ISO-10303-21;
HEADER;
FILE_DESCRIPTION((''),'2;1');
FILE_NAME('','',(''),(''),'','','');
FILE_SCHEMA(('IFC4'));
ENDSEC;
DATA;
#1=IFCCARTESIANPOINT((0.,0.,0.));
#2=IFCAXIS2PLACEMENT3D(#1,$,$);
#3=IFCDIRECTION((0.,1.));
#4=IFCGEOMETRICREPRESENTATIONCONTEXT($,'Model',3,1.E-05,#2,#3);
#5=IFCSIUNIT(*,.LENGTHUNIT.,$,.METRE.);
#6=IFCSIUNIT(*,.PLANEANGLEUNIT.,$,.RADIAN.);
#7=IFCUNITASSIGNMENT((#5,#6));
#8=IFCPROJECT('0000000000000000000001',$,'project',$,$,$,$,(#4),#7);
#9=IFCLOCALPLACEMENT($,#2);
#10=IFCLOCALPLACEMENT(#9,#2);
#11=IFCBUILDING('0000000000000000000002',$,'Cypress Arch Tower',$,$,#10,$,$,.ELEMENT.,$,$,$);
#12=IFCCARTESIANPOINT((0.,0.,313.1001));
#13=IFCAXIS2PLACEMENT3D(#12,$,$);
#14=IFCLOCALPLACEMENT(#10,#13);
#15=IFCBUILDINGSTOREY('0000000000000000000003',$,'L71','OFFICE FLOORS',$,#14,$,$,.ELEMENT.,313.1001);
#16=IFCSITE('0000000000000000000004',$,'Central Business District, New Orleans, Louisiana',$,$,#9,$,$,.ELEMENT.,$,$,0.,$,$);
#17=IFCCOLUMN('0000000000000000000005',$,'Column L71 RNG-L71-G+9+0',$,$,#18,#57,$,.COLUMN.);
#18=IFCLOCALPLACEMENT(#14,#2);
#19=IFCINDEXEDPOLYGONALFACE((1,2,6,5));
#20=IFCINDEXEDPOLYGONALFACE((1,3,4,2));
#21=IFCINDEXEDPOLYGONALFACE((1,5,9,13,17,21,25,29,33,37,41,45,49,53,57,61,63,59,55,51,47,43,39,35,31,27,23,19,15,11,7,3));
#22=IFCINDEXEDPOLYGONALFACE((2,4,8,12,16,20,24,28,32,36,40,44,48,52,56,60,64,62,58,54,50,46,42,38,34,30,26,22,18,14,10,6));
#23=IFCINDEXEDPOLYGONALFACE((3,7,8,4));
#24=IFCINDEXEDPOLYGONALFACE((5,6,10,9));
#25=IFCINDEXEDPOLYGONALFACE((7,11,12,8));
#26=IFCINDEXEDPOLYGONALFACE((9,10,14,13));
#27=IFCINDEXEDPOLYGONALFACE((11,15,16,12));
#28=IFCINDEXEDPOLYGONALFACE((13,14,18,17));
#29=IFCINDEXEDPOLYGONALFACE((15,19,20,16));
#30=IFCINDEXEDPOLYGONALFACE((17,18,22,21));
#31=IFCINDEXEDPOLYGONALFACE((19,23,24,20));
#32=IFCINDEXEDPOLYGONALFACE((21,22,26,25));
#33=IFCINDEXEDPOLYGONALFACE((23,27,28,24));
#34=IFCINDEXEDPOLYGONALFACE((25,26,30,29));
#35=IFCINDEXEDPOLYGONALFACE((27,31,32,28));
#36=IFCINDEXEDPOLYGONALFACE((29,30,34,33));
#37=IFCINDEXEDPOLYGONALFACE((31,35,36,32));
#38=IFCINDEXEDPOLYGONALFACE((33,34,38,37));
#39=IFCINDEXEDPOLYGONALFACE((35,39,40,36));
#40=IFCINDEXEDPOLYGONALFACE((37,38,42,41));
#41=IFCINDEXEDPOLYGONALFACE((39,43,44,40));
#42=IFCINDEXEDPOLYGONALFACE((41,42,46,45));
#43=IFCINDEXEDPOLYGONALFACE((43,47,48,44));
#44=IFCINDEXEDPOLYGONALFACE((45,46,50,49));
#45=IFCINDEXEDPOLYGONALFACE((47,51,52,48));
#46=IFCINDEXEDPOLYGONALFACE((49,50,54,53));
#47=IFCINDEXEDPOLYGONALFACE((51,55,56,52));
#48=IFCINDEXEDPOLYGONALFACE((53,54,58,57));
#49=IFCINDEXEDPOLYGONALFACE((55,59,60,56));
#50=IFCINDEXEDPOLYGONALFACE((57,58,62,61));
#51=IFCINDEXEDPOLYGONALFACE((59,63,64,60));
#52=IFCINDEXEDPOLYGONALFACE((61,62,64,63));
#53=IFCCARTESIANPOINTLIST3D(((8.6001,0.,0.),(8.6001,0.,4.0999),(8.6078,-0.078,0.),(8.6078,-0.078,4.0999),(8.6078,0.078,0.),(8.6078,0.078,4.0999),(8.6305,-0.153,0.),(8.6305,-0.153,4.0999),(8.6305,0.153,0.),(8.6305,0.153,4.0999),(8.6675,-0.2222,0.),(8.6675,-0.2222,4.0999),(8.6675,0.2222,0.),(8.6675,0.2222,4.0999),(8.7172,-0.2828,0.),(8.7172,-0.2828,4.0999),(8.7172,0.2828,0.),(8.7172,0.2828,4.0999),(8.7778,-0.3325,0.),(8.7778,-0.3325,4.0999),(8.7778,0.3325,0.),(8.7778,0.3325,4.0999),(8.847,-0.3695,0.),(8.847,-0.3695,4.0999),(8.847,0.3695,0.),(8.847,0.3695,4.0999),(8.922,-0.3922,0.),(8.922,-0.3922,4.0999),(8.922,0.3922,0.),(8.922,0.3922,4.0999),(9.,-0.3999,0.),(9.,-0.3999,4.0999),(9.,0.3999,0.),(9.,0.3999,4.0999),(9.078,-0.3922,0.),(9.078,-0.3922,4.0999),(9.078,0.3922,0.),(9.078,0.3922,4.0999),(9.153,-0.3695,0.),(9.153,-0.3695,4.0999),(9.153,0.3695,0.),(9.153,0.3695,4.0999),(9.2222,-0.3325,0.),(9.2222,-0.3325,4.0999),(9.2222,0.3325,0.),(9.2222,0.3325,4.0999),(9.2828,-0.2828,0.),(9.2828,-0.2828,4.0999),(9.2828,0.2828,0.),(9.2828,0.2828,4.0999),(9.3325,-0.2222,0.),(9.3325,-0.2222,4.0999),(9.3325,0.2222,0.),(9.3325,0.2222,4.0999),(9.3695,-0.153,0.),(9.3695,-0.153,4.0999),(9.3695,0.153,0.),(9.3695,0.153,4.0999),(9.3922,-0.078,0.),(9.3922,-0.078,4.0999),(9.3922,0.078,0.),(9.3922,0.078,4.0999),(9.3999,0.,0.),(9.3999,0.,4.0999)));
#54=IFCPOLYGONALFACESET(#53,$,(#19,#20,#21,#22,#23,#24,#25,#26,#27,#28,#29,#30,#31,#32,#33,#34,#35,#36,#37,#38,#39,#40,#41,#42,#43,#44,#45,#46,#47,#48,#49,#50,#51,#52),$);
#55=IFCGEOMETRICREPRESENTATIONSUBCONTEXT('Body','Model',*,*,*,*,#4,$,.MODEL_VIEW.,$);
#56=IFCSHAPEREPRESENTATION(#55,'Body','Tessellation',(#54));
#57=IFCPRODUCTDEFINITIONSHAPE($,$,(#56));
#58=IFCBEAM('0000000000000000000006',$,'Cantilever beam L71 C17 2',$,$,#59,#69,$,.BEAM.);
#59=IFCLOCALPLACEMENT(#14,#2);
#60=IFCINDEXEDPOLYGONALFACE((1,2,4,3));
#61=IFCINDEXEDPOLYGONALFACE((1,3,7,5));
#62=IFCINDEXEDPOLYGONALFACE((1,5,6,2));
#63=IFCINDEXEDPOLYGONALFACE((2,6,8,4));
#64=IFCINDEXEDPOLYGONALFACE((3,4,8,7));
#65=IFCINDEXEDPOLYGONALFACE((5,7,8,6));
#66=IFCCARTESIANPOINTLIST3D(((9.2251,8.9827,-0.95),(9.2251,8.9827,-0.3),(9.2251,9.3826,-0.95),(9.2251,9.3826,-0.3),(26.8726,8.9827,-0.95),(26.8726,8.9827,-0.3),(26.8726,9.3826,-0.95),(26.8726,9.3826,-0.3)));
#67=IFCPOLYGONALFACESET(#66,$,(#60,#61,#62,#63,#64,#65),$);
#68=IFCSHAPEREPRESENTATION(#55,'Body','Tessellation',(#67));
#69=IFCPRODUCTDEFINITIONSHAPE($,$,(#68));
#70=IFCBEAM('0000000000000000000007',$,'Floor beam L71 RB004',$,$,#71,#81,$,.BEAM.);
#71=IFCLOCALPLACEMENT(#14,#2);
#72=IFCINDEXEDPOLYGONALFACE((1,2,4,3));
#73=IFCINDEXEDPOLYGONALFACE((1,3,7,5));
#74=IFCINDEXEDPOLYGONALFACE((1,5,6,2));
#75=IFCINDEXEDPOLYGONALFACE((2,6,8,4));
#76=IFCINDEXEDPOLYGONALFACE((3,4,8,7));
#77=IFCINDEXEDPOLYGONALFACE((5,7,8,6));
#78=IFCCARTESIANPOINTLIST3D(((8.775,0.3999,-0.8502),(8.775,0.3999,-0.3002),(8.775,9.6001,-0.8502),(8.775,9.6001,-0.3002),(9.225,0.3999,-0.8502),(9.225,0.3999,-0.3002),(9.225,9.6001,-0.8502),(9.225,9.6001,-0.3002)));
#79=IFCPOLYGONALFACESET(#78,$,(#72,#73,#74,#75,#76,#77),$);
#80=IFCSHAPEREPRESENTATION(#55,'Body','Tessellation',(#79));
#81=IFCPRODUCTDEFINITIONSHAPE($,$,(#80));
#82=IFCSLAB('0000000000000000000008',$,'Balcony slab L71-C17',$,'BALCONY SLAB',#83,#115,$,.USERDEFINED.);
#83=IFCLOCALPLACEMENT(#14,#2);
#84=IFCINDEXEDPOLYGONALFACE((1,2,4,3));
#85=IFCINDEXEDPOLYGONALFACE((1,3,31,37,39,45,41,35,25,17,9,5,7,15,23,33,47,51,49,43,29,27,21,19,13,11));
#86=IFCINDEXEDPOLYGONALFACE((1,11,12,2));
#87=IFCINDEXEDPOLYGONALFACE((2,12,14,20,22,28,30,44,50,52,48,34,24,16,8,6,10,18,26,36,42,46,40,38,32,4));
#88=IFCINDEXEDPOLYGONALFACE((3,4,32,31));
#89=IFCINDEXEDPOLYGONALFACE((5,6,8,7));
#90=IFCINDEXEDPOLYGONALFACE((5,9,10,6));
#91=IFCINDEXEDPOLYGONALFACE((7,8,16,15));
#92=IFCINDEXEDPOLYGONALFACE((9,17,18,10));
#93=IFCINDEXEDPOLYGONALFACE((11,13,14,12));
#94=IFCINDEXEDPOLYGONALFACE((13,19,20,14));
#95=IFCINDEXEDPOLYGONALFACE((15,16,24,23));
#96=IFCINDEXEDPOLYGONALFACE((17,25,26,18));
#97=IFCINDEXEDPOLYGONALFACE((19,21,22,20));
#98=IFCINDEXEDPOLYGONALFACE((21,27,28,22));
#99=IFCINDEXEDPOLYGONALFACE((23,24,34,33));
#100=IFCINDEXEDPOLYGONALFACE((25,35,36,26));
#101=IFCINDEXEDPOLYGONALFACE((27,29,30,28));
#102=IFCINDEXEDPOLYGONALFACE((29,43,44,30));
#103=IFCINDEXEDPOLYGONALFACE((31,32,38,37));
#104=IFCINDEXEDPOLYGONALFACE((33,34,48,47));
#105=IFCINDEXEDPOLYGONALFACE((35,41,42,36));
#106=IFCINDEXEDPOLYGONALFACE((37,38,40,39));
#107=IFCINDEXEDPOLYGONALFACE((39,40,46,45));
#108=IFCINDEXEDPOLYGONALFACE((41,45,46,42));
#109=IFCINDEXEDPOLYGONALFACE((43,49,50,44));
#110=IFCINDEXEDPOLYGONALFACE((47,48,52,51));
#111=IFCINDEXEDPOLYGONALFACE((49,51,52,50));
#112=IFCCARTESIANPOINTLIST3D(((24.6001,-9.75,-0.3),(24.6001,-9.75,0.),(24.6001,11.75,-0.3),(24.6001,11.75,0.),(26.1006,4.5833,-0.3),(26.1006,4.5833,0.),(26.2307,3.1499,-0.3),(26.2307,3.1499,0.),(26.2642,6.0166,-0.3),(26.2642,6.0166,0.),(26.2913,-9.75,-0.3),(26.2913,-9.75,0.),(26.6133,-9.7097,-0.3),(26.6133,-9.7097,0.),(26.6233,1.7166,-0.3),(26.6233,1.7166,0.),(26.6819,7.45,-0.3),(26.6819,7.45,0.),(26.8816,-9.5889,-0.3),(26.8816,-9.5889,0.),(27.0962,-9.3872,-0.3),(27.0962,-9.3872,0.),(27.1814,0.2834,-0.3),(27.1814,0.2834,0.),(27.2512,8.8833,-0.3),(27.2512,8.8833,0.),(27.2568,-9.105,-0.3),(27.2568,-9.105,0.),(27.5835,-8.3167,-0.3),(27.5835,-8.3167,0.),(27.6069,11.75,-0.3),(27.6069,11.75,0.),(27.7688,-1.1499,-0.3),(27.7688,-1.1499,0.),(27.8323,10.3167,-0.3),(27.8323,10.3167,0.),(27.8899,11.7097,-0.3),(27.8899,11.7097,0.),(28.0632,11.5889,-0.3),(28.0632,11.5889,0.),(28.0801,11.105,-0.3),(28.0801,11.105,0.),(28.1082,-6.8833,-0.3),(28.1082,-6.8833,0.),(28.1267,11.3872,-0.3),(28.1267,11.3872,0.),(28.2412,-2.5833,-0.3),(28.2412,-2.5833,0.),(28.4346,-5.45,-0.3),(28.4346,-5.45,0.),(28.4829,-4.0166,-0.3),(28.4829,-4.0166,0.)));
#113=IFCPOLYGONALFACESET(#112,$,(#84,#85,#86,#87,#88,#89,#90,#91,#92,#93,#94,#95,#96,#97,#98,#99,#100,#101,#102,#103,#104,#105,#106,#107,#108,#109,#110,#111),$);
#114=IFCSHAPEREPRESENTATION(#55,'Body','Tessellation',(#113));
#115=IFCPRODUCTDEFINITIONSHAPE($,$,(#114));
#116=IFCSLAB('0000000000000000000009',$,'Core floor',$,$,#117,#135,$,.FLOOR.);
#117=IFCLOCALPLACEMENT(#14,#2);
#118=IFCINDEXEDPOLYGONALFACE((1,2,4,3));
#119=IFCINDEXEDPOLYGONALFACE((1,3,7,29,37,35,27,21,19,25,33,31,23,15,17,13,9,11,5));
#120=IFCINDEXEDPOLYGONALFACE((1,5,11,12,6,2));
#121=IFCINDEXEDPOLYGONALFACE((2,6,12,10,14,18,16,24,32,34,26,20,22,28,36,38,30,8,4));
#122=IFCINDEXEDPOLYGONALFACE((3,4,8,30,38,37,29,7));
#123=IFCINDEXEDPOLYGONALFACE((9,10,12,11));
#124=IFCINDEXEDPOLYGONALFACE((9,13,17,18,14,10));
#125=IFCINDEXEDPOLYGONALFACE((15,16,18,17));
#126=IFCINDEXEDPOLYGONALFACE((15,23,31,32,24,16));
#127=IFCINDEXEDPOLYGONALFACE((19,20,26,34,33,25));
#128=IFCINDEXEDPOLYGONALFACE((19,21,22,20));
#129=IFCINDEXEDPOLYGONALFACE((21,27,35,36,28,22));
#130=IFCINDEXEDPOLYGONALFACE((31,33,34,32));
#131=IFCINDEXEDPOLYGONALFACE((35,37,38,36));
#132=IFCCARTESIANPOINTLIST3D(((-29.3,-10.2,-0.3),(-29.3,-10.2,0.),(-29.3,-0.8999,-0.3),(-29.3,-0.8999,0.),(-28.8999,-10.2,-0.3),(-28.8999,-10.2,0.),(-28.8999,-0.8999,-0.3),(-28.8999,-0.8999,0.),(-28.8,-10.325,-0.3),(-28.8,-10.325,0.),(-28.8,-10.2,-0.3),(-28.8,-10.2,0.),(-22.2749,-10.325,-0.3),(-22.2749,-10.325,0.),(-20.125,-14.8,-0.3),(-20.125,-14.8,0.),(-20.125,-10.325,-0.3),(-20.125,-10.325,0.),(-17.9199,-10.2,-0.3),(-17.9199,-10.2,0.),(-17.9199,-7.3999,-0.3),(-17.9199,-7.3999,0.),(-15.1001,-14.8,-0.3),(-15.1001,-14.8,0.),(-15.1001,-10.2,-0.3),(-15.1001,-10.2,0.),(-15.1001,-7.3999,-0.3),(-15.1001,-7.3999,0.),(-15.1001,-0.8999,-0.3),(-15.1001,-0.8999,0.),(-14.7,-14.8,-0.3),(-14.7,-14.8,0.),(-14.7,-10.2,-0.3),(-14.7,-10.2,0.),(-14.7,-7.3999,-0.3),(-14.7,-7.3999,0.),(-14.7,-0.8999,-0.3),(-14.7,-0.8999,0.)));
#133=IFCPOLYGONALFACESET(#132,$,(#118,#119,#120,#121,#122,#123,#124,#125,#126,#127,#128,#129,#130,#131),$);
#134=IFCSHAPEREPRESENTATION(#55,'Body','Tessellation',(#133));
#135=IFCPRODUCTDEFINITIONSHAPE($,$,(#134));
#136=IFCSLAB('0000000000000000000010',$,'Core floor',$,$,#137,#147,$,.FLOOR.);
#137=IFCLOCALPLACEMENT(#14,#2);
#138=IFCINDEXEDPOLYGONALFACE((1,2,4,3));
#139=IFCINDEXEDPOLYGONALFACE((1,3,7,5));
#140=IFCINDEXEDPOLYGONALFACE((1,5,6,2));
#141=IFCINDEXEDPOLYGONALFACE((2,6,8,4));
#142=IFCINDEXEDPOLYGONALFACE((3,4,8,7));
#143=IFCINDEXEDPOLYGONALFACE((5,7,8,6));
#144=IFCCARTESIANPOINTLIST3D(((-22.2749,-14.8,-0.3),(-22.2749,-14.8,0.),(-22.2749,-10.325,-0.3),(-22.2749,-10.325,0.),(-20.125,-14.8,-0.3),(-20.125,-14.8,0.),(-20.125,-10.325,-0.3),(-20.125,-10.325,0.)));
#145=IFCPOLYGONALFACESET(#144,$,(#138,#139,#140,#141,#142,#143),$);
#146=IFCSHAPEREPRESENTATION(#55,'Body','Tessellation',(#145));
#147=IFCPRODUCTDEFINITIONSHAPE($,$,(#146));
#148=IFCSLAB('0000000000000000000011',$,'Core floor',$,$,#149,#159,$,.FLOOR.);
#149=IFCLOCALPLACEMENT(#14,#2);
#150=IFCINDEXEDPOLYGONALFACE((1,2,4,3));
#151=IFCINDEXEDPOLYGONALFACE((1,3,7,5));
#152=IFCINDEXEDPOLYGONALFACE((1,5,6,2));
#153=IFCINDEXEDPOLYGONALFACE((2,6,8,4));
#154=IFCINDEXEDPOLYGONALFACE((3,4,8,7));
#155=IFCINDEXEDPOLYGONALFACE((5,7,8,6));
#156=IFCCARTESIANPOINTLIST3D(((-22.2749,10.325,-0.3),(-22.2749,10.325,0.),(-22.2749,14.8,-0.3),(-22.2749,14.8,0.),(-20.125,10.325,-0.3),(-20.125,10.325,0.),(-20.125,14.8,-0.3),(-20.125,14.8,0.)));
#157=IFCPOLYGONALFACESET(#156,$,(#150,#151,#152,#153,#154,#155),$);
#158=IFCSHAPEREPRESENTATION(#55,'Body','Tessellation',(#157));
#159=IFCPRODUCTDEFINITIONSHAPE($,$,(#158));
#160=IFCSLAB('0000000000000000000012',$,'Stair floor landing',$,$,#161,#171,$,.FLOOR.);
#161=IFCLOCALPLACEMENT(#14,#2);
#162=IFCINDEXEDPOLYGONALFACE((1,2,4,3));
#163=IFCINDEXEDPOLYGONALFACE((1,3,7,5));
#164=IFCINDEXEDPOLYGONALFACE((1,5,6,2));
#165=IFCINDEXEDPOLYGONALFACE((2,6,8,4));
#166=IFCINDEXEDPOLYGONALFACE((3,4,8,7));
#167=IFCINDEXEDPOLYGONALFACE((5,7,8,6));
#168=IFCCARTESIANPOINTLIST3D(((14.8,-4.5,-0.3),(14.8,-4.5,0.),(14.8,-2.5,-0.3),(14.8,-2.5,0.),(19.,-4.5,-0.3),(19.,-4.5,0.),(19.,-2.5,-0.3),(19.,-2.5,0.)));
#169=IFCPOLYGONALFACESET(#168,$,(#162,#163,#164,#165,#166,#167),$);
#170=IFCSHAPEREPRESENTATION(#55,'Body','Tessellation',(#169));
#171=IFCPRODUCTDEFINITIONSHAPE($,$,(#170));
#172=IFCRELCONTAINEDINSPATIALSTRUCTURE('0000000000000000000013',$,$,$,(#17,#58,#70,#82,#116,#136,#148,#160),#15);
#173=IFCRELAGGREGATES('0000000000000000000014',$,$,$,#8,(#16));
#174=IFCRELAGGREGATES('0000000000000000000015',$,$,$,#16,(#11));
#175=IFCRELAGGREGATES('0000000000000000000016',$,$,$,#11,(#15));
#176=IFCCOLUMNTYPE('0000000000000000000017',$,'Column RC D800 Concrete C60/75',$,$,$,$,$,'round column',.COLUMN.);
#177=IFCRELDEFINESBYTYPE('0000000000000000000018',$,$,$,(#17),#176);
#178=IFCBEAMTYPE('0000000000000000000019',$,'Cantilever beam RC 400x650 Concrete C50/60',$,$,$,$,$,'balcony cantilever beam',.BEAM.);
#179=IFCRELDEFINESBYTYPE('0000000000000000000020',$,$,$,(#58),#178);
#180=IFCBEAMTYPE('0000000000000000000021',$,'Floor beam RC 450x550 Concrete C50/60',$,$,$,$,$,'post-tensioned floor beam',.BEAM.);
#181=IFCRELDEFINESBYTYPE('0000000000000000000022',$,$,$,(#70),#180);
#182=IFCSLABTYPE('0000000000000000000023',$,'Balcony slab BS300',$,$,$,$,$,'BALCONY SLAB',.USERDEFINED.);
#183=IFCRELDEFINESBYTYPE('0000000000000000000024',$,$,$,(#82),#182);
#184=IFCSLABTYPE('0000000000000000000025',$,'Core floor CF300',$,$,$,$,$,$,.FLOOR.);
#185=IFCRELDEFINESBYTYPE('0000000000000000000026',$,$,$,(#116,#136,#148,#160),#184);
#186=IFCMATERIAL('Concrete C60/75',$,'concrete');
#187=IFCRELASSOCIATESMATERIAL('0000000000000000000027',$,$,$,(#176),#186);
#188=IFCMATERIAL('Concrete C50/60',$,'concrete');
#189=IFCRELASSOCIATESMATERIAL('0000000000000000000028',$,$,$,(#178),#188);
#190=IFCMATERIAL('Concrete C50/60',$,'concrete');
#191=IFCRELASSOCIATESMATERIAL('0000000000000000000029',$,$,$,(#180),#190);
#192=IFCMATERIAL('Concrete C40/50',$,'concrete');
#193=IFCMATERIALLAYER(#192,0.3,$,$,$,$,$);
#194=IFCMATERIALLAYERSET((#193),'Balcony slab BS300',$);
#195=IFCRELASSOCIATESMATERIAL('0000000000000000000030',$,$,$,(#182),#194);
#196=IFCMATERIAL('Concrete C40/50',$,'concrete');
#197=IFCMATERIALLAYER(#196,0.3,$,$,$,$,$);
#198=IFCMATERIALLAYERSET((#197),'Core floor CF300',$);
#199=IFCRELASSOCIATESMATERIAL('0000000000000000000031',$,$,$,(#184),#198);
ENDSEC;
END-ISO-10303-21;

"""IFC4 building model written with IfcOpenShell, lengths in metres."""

from ifc_helpers import new_model, si_unit, direction, frame, origin, origin_2d, place, context, subcontext, project, spatial, polyline, rectangle, circle, outline, extrude, material, layer, layer_set, material_profile, profile_set, type_object, element, save


model = new_model("IFC4")

# Units and contexts
model_context = context("Model", 3, precision=1e-05, world=origin(), true_north=direction((0.0, 1.0)))
body_context = subcontext(model_context, "Body", "Model", "MODEL_VIEW")
ifc_project = project(units=[si_unit("LENGTHUNIT", "METRE"), si_unit("PLANEANGLEUNIT", "RADIAN")], contexts=[model_context])

# Site, building, storey
site_placement = place(None, origin())
site = spatial("IfcSite", under=ifc_project, at=site_placement, Name="Central Business District, New Orleans, Louisiana", CompositionType="ELEMENT", RefElevation=0.0)
building_placement = place(site_placement, origin())
building = spatial("IfcBuilding", under=site, at=building_placement, Name="Cypress Arch Tower", CompositionType="ELEMENT")
storey_placement = place(building_placement, frame((0.0, 0.0, 313.1001)))
storey = spatial("IfcBuildingStorey", under=building, at=storey_placement, Name="L71", Description="OFFICE FLOORS", CompositionType="ELEMENT", Elevation=313.1001)

# Column
ifc_material_1 = material(Name="Concrete C60/75", Category="concrete")
ifc_material_profile_1 = material_profile(ifc_material_1, circle(Radius=0.3999, at=origin_2d()), Name="RC D800")
ifc_profile_set_1 = profile_set([ifc_material_profile_1], Name="Concrete C60/75")
column_type = type_object("IfcColumnType", Name="Column RC D800 Concrete C60/75", ElementType="round column", PredefinedType="COLUMN", material=ifc_profile_set_1)
column_placement = place(storey_placement, frame((9.0, 0.0, 0.0), z_axis=(0.0, 0.0, 1.0), x_axis=(1.0, 0.0, 0.0)))
element("IfcColumn", 1, at=column_placement, inside=storey, type_object=column_type, Name="Column L71 RNG-L71-G+9+0", PredefinedType="COLUMN", context=body_context, shape_type="SweptSolid", body=[
    extrude(circle(Radius=0.3999, at=origin_2d()), origin(), (0.0, 0.0, 1.0), 4.0999),
])

# Beams
ifc_material_2 = material(Name="Concrete C50/60", Category="concrete")
ifc_material_profile_2 = material_profile(ifc_material_2, rectangle(XDim=0.3999, YDim=0.6499, at=origin_2d()), Name="RC 400x650")
ifc_profile_set_2 = profile_set([ifc_material_profile_2], Name="Concrete C50/60")
beam_type_1 = type_object("IfcBeamType", Name="Cantilever beam RC 400x650 Concrete C50/60", ElementType="balcony cantilever beam", PredefinedType="BEAM", material=ifc_profile_set_2)
beam_1_placement = place(storey_placement, frame((9.2251, 9.1826, -0.625), z_axis=(1.0, 0.0, 0.0), x_axis=(0.0, 1.0, 0.0)))
element("IfcBeam", 2, at=beam_1_placement, inside=storey, type_object=beam_type_1, Name="Cantilever beam L71 C17 2", PredefinedType="BEAM", context=body_context, shape_type="SweptSolid", body=[
    extrude(rectangle(XDim=0.3999, YDim=0.6499, at=origin_2d()), origin(), (0.0, 0.0, 1.0), 17.6475),
])
ifc_material_3 = material(Name="Concrete C50/60", Category="concrete")
ifc_material_profile_3 = material_profile(ifc_material_3, rectangle(XDim=0.45, YDim=0.55, at=origin_2d()), Name="RC 450x550")
ifc_profile_set_3 = profile_set([ifc_material_profile_3], Name="Concrete C50/60")
beam_type_2 = type_object("IfcBeamType", Name="Floor beam RC 450x550 Concrete C50/60", ElementType="post-tensioned floor beam", PredefinedType="BEAM", material=ifc_profile_set_3)
beam_2_placement = place(storey_placement, frame((9.0, 0.3999, -0.5752), z_axis=(0.0, 1.0, 0.0), x_axis=(-1.0, 0.0, 0.0)))
element("IfcBeam", 3, at=beam_2_placement, inside=storey, type_object=beam_type_2, Name="Floor beam L71 RB004", PredefinedType="BEAM", context=body_context, shape_type="SweptSolid", body=[
    extrude(rectangle(XDim=0.45, YDim=0.55, at=origin_2d()), origin(), (0.0, 0.0, 1.0), 9.2002),
])

# Slabs
ifc_material_4 = material(Name="Concrete C40/50", Category="concrete")
ifc_layer_1 = layer(ifc_material_4, 0.3)
ifc_layer_set_1 = layer_set([ifc_layer_1], Name="Balcony slab BS300")
slab_type_1 = type_object("IfcSlabType", Name="Balcony slab BS300", ElementType="BALCONY SLAB", PredefinedType="USERDEFINED", material=ifc_layer_set_1)
slab_1_placement = place(storey_placement, frame((0.0, 0.0, -0.3)))
element("IfcSlab", 4, at=slab_1_placement, inside=storey, type_object=slab_type_1, Name="Balcony slab L71-C17", ObjectType="BALCONY SLAB", PredefinedType="USERDEFINED", context=body_context, shape_type="SweptSolid", body=[
    extrude(outline(polyline([(24.6001, -9.75), (26.2913, -9.75), (26.6133, -9.7097), (26.8816, -9.5889), (27.0962, -9.3872), (27.2568, -9.105), (27.5835, -8.3167), (28.1082, -6.8833), (28.4346, -5.45), (28.4829, -4.0166), (28.2412, -2.5833), (27.7688, -1.1499), (27.1814, 0.2834), (26.6233, 1.7166), (26.2307, 3.1499), (26.1006, 4.5833), (26.2642, 6.0166), (26.6819, 7.45), (27.2512, 8.8833), (27.8323, 10.3167), (28.0801, 11.105), (28.1267, 11.3872), (28.0632, 11.5889), (27.8899, 11.7097), (27.6069, 11.75), (24.6001, 11.75), (24.6001, -9.75)])), origin(), (0.0, 0.0, 1.0), 0.3),
])
ifc_material_5 = material(Name="Concrete C40/50", Category="concrete")
ifc_layer_2 = layer(ifc_material_5, 0.3)
ifc_layer_set_2 = layer_set([ifc_layer_2], Name="Core floor CF300")
slab_type_2 = type_object("IfcSlabType", Name="Core floor CF300", PredefinedType="FLOOR", material=ifc_layer_set_2)
slab_2_placement = place(storey_placement, frame((0.0, 0.0, -0.3)))
element("IfcSlab", 5, at=slab_2_placement, inside=storey, type_object=slab_type_2, Name="Core floor", PredefinedType="FLOOR", context=body_context, shape_type="SweptSolid", body=[
    extrude(outline(polyline([(-28.8999, -10.2), (-29.3, -10.2), (-29.3, -0.8999), (-28.8999, -0.8999), (-15.1001, -0.8999), (-14.7, -0.8999), (-14.7, -7.3999), (-15.1001, -7.3999), (-17.9199, -7.3999), (-17.9199, -10.2), (-15.1001, -10.2), (-14.7, -10.2), (-14.7, -14.8), (-15.1001, -14.8), (-20.125, -14.8), (-20.125, -10.325), (-22.2749, -10.325), (-28.8, -10.325), (-28.8, -10.2), (-28.8999, -10.2)])), origin(), (0.0, 0.0, 1.0), 0.3),
])
slab_3_placement = place(storey_placement, frame((0.0, 0.0, -0.3)))
element("IfcSlab", 6, at=slab_3_placement, inside=storey, type_object=slab_type_2, Name="Core floor", PredefinedType="FLOOR", context=body_context, shape_type="SweptSolid", body=[
    extrude(outline(polyline([(-22.2749, -10.325), (-22.2749, -14.8), (-20.125, -14.8), (-20.125, -10.325), (-22.2749, -10.325)])), origin(), (0.0, 0.0, 1.0), 0.3),
])
slab_4_placement = place(storey_placement, frame((0.0, 0.0, -0.3)))
element("IfcSlab", 7, at=slab_4_placement, inside=storey, type_object=slab_type_2, Name="Core floor", PredefinedType="FLOOR", context=body_context, shape_type="SweptSolid", body=[
    extrude(outline(polyline([(-20.125, 14.8), (-22.2749, 14.8), (-22.2749, 10.325), (-20.125, 10.325), (-20.125, 14.8)])), origin(), (0.0, 0.0, 1.0), 0.3),
])
slab_5_placement = place(storey_placement, frame((0.0, 0.0, -0.3)))
element("IfcSlab", 8, at=slab_5_placement, inside=storey, type_object=slab_type_2, Name="Stair floor landing", PredefinedType="FLOOR", context=body_context, shape_type="SweptSolid", body=[
    extrude(outline(polyline([(19.0, -4.5), (19.0, -2.5), (14.8, -2.5), (14.8, -4.5), (19.0, -4.5)])), origin(), (0.0, 0.0, 1.0), 0.3),
])

save(model, "model.ifc")
